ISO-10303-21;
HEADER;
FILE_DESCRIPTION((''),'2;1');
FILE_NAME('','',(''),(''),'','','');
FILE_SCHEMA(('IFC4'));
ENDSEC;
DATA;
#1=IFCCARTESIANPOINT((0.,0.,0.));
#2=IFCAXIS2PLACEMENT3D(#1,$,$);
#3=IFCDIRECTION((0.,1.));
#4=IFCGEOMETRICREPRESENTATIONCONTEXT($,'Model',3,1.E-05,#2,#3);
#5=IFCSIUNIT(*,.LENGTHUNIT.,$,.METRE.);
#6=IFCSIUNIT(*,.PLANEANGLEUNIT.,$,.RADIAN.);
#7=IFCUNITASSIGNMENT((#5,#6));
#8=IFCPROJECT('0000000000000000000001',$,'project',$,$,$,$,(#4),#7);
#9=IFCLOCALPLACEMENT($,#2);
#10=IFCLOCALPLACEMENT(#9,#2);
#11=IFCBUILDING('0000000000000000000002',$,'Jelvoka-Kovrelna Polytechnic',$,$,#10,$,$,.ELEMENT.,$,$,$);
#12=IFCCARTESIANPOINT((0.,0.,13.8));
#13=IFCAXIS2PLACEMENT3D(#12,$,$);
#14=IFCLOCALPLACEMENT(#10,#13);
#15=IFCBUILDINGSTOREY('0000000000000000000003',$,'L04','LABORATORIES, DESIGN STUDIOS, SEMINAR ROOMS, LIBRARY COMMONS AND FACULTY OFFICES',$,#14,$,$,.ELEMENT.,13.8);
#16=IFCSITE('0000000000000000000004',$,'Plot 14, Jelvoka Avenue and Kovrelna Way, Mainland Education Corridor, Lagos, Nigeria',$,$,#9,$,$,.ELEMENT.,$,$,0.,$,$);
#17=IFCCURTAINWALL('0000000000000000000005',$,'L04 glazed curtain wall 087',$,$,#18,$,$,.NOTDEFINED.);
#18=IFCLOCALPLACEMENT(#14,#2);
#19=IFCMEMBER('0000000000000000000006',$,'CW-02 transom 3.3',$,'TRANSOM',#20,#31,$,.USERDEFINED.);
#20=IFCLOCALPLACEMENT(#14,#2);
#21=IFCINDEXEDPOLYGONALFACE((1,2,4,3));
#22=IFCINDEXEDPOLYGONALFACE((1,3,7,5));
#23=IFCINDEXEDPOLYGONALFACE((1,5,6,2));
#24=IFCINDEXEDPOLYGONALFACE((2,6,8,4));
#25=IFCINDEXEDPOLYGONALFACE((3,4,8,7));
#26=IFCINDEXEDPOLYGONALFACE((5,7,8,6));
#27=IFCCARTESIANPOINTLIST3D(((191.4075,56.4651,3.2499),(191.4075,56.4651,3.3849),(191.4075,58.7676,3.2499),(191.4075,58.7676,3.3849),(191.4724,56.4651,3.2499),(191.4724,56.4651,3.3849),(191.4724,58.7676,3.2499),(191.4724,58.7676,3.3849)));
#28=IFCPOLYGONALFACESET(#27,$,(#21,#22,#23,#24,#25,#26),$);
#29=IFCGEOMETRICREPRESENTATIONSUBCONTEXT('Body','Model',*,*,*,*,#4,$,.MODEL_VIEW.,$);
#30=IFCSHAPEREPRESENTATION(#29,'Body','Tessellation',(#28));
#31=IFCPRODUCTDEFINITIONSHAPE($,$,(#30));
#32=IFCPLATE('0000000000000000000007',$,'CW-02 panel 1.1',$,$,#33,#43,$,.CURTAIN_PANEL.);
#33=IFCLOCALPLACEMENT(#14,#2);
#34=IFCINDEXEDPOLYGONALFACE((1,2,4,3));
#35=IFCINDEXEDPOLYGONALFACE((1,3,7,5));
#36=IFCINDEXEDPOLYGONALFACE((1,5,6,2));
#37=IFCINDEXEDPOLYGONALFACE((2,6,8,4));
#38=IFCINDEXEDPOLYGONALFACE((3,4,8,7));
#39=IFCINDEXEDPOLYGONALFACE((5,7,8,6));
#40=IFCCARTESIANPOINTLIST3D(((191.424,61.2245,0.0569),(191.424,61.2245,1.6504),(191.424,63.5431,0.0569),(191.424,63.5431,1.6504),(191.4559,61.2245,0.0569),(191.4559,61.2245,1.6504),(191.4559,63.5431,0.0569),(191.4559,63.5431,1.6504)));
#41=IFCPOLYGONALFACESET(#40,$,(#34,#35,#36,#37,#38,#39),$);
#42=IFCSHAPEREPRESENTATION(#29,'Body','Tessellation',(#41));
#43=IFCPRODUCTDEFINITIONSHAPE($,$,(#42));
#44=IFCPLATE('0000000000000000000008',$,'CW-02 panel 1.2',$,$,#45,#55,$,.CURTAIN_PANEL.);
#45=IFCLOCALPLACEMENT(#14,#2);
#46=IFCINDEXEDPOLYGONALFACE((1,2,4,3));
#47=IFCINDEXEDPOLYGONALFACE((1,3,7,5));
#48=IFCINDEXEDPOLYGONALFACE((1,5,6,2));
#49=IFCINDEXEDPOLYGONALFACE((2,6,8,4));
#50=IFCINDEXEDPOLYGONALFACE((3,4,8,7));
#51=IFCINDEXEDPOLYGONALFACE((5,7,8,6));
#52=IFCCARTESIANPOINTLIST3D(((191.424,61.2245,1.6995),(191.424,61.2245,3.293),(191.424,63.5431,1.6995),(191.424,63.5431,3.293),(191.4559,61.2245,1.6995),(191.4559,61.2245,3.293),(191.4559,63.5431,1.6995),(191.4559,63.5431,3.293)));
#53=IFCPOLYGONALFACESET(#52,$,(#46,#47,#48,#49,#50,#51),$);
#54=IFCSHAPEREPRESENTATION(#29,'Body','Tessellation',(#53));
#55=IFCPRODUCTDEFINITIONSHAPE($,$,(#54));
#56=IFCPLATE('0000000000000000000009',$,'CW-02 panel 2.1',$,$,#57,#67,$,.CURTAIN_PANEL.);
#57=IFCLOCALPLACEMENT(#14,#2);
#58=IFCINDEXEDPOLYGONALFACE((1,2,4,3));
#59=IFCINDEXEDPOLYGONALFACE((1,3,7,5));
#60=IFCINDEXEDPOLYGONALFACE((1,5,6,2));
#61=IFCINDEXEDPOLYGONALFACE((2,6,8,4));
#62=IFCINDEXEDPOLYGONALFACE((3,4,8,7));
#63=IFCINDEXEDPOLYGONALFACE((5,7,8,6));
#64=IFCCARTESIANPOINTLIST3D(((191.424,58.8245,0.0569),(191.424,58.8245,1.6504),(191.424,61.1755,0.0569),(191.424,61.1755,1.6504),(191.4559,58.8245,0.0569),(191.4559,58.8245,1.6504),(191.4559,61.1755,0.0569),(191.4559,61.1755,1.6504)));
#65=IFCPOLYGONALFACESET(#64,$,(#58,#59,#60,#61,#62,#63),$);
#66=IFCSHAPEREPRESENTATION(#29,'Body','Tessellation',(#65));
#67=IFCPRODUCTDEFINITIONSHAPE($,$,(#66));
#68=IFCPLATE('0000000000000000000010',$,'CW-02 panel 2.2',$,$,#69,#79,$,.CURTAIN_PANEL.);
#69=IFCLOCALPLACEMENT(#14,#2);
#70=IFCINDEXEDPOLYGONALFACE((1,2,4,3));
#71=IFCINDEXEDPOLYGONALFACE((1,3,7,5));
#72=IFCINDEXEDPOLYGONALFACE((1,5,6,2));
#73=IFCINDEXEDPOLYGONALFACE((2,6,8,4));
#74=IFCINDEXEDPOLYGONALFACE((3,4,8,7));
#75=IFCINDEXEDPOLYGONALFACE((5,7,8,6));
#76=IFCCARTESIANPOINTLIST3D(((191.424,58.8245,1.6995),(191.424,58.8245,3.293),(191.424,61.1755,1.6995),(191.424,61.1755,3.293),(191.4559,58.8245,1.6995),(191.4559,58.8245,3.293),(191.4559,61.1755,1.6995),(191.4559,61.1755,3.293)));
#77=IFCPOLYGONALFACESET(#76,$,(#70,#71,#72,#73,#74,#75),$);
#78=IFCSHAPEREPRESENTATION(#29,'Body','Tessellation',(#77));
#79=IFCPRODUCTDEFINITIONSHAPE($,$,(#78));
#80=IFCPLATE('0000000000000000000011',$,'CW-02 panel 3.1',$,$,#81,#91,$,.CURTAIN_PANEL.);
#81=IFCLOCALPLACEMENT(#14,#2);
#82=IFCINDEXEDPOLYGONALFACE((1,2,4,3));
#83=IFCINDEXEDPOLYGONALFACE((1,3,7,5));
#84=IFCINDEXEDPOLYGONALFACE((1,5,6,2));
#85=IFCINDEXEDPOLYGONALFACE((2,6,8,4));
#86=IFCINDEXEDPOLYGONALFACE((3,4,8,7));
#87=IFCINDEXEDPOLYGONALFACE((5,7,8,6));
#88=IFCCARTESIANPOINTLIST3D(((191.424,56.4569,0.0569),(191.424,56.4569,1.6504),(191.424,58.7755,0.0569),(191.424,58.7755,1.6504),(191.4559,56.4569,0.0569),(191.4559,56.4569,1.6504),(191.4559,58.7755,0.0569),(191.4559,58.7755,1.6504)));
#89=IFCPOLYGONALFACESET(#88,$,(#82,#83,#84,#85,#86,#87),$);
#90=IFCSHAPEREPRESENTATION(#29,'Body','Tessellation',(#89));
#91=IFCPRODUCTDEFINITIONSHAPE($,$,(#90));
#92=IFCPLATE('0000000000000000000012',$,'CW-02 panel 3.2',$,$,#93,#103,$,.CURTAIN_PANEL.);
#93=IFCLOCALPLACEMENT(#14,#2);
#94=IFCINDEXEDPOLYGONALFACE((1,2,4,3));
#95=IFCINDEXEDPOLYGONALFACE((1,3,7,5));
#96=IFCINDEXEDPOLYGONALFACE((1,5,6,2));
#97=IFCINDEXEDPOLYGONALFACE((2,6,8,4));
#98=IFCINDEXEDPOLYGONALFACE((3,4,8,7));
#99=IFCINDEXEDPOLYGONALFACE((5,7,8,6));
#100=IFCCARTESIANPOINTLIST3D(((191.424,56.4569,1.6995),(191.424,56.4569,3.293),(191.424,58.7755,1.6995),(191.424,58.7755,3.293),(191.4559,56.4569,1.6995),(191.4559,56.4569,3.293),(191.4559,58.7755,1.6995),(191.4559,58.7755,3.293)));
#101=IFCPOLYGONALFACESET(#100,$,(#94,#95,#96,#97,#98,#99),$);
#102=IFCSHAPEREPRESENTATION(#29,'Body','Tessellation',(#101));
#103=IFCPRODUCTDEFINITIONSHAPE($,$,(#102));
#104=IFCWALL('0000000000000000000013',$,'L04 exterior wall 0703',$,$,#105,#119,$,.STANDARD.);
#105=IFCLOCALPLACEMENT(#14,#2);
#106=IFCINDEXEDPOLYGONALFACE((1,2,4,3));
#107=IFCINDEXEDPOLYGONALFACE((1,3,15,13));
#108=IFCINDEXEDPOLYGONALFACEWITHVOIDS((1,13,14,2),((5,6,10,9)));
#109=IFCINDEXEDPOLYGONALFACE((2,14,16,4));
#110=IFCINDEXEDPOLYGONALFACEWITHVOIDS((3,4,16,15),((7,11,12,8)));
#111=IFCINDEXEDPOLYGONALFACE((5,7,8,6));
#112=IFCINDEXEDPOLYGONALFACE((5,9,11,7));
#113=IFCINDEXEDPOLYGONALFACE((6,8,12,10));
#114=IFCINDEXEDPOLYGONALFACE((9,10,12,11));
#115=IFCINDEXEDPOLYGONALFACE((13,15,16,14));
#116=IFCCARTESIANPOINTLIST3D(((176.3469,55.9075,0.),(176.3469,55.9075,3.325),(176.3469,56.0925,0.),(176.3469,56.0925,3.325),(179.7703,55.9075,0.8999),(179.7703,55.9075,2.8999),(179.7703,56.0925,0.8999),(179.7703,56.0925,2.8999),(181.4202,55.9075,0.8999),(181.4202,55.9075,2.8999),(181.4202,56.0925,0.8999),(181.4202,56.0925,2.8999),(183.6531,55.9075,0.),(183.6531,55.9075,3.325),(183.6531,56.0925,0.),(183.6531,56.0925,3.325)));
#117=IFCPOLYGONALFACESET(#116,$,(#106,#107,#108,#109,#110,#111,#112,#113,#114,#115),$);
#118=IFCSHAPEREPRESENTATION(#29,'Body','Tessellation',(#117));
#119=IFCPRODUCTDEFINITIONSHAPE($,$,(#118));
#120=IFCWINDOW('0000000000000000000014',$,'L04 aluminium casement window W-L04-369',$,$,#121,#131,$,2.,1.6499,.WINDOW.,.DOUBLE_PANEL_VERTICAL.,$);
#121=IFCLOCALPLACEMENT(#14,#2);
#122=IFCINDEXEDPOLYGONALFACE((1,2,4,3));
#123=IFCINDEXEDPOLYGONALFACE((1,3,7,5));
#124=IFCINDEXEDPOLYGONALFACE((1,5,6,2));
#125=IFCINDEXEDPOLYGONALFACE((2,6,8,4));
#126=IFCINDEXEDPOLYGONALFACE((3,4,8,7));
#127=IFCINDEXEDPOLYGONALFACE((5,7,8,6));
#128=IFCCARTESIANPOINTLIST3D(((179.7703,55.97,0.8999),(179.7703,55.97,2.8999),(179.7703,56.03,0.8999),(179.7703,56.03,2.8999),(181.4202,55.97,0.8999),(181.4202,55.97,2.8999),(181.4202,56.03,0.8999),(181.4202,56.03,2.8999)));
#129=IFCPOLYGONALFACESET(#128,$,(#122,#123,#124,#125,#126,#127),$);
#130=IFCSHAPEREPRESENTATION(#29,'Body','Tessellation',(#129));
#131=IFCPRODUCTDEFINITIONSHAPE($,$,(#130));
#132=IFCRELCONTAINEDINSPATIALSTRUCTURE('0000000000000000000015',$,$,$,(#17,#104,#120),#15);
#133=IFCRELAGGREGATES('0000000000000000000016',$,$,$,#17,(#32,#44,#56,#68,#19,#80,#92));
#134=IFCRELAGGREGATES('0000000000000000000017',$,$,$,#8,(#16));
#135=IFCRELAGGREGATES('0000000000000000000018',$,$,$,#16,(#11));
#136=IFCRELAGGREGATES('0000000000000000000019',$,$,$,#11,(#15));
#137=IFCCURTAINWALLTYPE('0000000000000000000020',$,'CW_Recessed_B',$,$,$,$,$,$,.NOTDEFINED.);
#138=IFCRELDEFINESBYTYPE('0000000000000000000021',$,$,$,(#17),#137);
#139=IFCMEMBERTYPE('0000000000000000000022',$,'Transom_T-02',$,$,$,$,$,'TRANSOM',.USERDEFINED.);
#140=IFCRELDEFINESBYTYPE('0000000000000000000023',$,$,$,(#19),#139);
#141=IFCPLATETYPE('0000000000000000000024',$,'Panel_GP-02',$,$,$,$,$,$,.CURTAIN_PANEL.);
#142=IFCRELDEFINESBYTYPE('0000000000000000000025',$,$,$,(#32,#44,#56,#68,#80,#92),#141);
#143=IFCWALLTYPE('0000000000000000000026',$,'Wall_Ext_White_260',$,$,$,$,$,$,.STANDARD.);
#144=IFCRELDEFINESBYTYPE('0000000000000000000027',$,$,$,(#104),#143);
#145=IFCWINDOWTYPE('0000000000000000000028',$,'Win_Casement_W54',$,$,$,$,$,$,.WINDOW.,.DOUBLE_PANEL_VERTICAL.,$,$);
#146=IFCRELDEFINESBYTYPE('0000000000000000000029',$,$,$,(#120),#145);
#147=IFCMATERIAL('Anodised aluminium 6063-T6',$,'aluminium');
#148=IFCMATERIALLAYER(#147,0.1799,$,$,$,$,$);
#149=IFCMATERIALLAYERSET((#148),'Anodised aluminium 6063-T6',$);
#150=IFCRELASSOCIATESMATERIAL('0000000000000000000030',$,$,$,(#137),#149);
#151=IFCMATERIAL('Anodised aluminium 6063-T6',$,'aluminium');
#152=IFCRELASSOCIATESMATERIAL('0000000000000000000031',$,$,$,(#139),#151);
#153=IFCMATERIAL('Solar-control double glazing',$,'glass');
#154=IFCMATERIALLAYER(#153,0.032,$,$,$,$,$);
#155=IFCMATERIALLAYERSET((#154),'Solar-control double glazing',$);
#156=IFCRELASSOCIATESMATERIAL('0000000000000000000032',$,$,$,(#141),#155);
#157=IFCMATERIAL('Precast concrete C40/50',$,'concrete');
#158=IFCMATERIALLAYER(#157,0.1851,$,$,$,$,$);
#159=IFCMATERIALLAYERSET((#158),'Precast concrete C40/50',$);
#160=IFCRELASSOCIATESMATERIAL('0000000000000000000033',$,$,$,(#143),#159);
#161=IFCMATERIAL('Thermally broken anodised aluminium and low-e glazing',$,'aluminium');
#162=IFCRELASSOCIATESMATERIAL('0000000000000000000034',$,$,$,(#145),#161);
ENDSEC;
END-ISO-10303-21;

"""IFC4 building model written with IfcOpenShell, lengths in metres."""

from ifc_helpers import new_model, si_unit, direction, frame, frame_2d, origin, origin_2d, place, context, subcontext, project, spatial, rectangle, extrude, material, layer, layer_set, material_profile, profile_set, type_object, element, fill, aggregate, save


model = new_model("IFC4")

# Units and contexts
model_context = context("Model", 3, precision=1e-05, world=origin(), true_north=direction((0.0, 1.0)))
body_context = subcontext(model_context, "Body", "Model", "MODEL_VIEW")
ifc_project = project(units=[si_unit("LENGTHUNIT", "METRE"), si_unit("PLANEANGLEUNIT", "RADIAN")], contexts=[model_context])

# Site, building, storey
site_placement = place(None, origin())
site = spatial("IfcSite", under=ifc_project, at=site_placement, Name="Plot 14, Jelvoka Avenue and Kovrelna Way, Mainland Education Corridor, Lagos, Nigeria", CompositionType="ELEMENT", RefElevation=0.0)
building_placement = place(site_placement, origin())
building = spatial("IfcBuilding", under=site, at=building_placement, Name="Jelvoka-Kovrelna Polytechnic", CompositionType="ELEMENT")
storey_placement = place(building_placement, frame((0.0, 0.0, 13.8)))
storey = spatial("IfcBuildingStorey", under=building, at=storey_placement, Name="L04", Description="LABORATORIES, DESIGN STUDIOS, SEMINAR ROOMS, LIBRARY COMMONS AND FACULTY OFFICES", CompositionType="ELEMENT", Elevation=13.8)

# Curtain wall
ifc_material_1 = material(Name="Anodised aluminium 6063-T6", Category="aluminium")
ifc_layer_1 = layer(ifc_material_1, 0.1799)
ifc_layer_set_1 = layer_set([ifc_layer_1], Name="Anodised aluminium 6063-T6")
curtain_wall_type = type_object("IfcCurtainWallType", Name="CW_Recessed_B", PredefinedType="NOTDEFINED", material=ifc_layer_set_1)
curtain_wall_placement = place(storey_placement, origin())
curtain_wall = element("IfcCurtainWall", 1, at=curtain_wall_placement, inside=storey, type_object=curtain_wall_type, Name="L04 glazed curtain wall 087", PredefinedType="NOTDEFINED")

# Member
ifc_material_2 = material(Name="Anodised aluminium 6063-T6", Category="aluminium")
ifc_material_profile_1 = material_profile(ifc_material_2, rectangle(XDim=0.0649, YDim=0.135, at=origin_2d()), Name="ALU 65x135")
ifc_profile_set_1 = profile_set([ifc_material_profile_1], Name="Anodised aluminium 6063-T6")
member_type_1 = type_object("IfcMemberType", Name="Transom_T-02", ElementType="TRANSOM", PredefinedType="USERDEFINED", material=ifc_profile_set_1)
member_1_placement = place(storey_placement, frame((191.4399, 58.7676, 3.3174), z_axis=(0.0, -1.0, 0.0), x_axis=(1.0, 0.0, 0.0)))
member_1 = element("IfcMember", 2, at=member_1_placement, type_object=member_type_1, Name="CW-02 transom 3.3", ObjectType="TRANSOM", PredefinedType="USERDEFINED", context=body_context, shape_type="SweptSolid", body=[
    extrude(rectangle(XDim=0.0649, YDim=0.135, at=origin_2d()), origin(), (0.0, 0.0, 1.0), 2.3025),
])

# Plates
ifc_material_3 = material(Name="Solar-control double glazing", Category="glass")
ifc_layer_2 = layer(ifc_material_3, 0.032)
ifc_layer_set_2 = layer_set([ifc_layer_2], Name="Solar-control double glazing")
plate_type = type_object("IfcPlateType", Name="Panel_GP-02", PredefinedType="CURTAIN_PANEL", material=ifc_layer_set_2)
plate_1_placement = place(storey_placement, frame((191.4399, 62.3838, 0.0569), z_axis=(0.0, 0.0, 1.0), x_axis=(0.0, -1.0, 0.0)))
plate_1 = element("IfcPlate", 3, at=plate_1_placement, type_object=plate_type, Name="CW-02 panel 1.1", PredefinedType="CURTAIN_PANEL", context=body_context, shape_type="SweptSolid", body=[
    extrude(rectangle(XDim=2.3186, YDim=0.032, at=origin_2d()), origin(), (0.0, 0.0, 1.0), 1.5935),
])
plate_2_placement = place(storey_placement, frame((191.4399, 62.3838, 1.6995), z_axis=(0.0, 0.0, 1.0), x_axis=(0.0, -1.0, 0.0)))
plate_2 = element("IfcPlate", 4, at=plate_2_placement, type_object=plate_type, Name="CW-02 panel 1.2", PredefinedType="CURTAIN_PANEL", context=body_context, shape_type="SweptSolid", body=[
    extrude(rectangle(XDim=2.3186, YDim=0.032, at=origin_2d()), origin(), (0.0, 0.0, 1.0), 1.5935),
])
plate_3_placement = place(storey_placement, frame((191.4399, 60.0, 0.0569), z_axis=(0.0, 0.0, 1.0), x_axis=(0.0, -1.0, 0.0)))
plate_3 = element("IfcPlate", 5, at=plate_3_placement, type_object=plate_type, Name="CW-02 panel 2.1", PredefinedType="CURTAIN_PANEL", context=body_context, shape_type="SweptSolid", body=[
    extrude(rectangle(XDim=2.3511, YDim=0.032, at=origin_2d()), origin(), (0.0, 0.0, 1.0), 1.5935),
])
plate_4_placement = place(storey_placement, frame((191.4399, 60.0, 1.6995), z_axis=(0.0, 0.0, 1.0), x_axis=(0.0, -1.0, 0.0)))
plate_4 = element("IfcPlate", 6, at=plate_4_placement, type_object=plate_type, Name="CW-02 panel 2.2", PredefinedType="CURTAIN_PANEL", context=body_context, shape_type="SweptSolid", body=[
    extrude(rectangle(XDim=2.3511, YDim=0.032, at=origin_2d()), origin(), (0.0, 0.0, 1.0), 1.5935),
])
plate_5_placement = place(storey_placement, frame((191.4399, 57.6162, 0.0569), z_axis=(0.0, 0.0, 1.0), x_axis=(0.0, -1.0, 0.0)))
plate_5 = element("IfcPlate", 7, at=plate_5_placement, type_object=plate_type, Name="CW-02 panel 3.1", PredefinedType="CURTAIN_PANEL", context=body_context, shape_type="SweptSolid", body=[
    extrude(rectangle(XDim=2.3186, YDim=0.032, at=origin_2d()), origin(), (0.0, 0.0, 1.0), 1.5935),
])
plate_6_placement = place(storey_placement, frame((191.4399, 57.6162, 1.6995), z_axis=(0.0, 0.0, 1.0), x_axis=(0.0, -1.0, 0.0)))
plate_6 = element("IfcPlate", 8, at=plate_6_placement, type_object=plate_type, Name="CW-02 panel 3.2", PredefinedType="CURTAIN_PANEL", context=body_context, shape_type="SweptSolid", body=[
    extrude(rectangle(XDim=2.3186, YDim=0.032, at=origin_2d()), origin(), (0.0, 0.0, 1.0), 1.5935),
])
aggregate(curtain_wall, [plate_1, plate_2, plate_3, plate_4, member_1, plate_5, plate_6])

# Wall, opening, window
ifc_material_4 = material(Name="Precast concrete C40/50", Category="concrete")
ifc_layer_3 = layer(ifc_material_4, 0.1851)
ifc_layer_set_3 = layer_set([ifc_layer_3], Name="Precast concrete C40/50")
wall_type = type_object("IfcWallType", Name="Wall_Ext_White_260", PredefinedType="STANDARD", material=ifc_layer_set_3)
wall_placement = place(storey_placement, frame((183.6531, 56.0, 0.0), z_axis=(0.0, 0.0, 1.0), x_axis=(-1.0, 0.0, 0.0)))
wall = element("IfcWall", 9, at=wall_placement, inside=storey, type_object=wall_type, Name="L04 exterior wall 0703", PredefinedType="STANDARD", context=body_context, shape_type="SweptSolid", body=[
    extrude(rectangle(XDim=7.3062, YDim=0.1851, at=frame_2d((3.6531, 0.0))), origin(), (0.0, 0.0, 1.0), 3.325),
])
opening_placement = place(wall_placement, frame((2.2329, 0.0, 0.8999)))
opening = element("IfcOpeningElement", 10, at=opening_placement, cuts=wall, PredefinedType="OPENING", context=body_context, shape_type="SweptSolid", body=[
    extrude(rectangle(XDim=1.6499, YDim=2.0, at=frame_2d((0.825, 1.0))), frame((0.0, 0.1025, 0.0), z_axis=(0.0, -1.0, 0.0), x_axis=(1.0, 0.0, 0.0)), (0.0, 0.0, 1.0), 0.2051),
])
ifc_material_5 = material(Name="Thermally broken anodised aluminium and low-e glazing", Category="aluminium")
window_type = type_object("IfcWindowType", Name="Win_Casement_W54", PartitioningType="DOUBLE_PANEL_VERTICAL", PredefinedType="WINDOW", material=ifc_material_5)
window_placement = place(opening_placement, origin())
window = element("IfcWindow", 11, at=window_placement, inside=storey, type_object=window_type, Name="L04 aluminium casement window W-L04-369", OverallHeight=2.0, OverallWidth=1.6499, PartitioningType="DOUBLE_PANEL_VERTICAL", PredefinedType="WINDOW", context=body_context, shape_type="SweptSolid", body=[
    extrude(rectangle(XDim=1.6499, YDim=2.0, at=frame_2d((0.825, 1.0))), frame((0.0, 0.03, 0.0), z_axis=(0.0, -1.0, 0.0), x_axis=(1.0, 0.0, 0.0)), (0.0, 0.0, 1.0), 0.0601),
])
fill(opening, window)

save(model, "model.ifc")
